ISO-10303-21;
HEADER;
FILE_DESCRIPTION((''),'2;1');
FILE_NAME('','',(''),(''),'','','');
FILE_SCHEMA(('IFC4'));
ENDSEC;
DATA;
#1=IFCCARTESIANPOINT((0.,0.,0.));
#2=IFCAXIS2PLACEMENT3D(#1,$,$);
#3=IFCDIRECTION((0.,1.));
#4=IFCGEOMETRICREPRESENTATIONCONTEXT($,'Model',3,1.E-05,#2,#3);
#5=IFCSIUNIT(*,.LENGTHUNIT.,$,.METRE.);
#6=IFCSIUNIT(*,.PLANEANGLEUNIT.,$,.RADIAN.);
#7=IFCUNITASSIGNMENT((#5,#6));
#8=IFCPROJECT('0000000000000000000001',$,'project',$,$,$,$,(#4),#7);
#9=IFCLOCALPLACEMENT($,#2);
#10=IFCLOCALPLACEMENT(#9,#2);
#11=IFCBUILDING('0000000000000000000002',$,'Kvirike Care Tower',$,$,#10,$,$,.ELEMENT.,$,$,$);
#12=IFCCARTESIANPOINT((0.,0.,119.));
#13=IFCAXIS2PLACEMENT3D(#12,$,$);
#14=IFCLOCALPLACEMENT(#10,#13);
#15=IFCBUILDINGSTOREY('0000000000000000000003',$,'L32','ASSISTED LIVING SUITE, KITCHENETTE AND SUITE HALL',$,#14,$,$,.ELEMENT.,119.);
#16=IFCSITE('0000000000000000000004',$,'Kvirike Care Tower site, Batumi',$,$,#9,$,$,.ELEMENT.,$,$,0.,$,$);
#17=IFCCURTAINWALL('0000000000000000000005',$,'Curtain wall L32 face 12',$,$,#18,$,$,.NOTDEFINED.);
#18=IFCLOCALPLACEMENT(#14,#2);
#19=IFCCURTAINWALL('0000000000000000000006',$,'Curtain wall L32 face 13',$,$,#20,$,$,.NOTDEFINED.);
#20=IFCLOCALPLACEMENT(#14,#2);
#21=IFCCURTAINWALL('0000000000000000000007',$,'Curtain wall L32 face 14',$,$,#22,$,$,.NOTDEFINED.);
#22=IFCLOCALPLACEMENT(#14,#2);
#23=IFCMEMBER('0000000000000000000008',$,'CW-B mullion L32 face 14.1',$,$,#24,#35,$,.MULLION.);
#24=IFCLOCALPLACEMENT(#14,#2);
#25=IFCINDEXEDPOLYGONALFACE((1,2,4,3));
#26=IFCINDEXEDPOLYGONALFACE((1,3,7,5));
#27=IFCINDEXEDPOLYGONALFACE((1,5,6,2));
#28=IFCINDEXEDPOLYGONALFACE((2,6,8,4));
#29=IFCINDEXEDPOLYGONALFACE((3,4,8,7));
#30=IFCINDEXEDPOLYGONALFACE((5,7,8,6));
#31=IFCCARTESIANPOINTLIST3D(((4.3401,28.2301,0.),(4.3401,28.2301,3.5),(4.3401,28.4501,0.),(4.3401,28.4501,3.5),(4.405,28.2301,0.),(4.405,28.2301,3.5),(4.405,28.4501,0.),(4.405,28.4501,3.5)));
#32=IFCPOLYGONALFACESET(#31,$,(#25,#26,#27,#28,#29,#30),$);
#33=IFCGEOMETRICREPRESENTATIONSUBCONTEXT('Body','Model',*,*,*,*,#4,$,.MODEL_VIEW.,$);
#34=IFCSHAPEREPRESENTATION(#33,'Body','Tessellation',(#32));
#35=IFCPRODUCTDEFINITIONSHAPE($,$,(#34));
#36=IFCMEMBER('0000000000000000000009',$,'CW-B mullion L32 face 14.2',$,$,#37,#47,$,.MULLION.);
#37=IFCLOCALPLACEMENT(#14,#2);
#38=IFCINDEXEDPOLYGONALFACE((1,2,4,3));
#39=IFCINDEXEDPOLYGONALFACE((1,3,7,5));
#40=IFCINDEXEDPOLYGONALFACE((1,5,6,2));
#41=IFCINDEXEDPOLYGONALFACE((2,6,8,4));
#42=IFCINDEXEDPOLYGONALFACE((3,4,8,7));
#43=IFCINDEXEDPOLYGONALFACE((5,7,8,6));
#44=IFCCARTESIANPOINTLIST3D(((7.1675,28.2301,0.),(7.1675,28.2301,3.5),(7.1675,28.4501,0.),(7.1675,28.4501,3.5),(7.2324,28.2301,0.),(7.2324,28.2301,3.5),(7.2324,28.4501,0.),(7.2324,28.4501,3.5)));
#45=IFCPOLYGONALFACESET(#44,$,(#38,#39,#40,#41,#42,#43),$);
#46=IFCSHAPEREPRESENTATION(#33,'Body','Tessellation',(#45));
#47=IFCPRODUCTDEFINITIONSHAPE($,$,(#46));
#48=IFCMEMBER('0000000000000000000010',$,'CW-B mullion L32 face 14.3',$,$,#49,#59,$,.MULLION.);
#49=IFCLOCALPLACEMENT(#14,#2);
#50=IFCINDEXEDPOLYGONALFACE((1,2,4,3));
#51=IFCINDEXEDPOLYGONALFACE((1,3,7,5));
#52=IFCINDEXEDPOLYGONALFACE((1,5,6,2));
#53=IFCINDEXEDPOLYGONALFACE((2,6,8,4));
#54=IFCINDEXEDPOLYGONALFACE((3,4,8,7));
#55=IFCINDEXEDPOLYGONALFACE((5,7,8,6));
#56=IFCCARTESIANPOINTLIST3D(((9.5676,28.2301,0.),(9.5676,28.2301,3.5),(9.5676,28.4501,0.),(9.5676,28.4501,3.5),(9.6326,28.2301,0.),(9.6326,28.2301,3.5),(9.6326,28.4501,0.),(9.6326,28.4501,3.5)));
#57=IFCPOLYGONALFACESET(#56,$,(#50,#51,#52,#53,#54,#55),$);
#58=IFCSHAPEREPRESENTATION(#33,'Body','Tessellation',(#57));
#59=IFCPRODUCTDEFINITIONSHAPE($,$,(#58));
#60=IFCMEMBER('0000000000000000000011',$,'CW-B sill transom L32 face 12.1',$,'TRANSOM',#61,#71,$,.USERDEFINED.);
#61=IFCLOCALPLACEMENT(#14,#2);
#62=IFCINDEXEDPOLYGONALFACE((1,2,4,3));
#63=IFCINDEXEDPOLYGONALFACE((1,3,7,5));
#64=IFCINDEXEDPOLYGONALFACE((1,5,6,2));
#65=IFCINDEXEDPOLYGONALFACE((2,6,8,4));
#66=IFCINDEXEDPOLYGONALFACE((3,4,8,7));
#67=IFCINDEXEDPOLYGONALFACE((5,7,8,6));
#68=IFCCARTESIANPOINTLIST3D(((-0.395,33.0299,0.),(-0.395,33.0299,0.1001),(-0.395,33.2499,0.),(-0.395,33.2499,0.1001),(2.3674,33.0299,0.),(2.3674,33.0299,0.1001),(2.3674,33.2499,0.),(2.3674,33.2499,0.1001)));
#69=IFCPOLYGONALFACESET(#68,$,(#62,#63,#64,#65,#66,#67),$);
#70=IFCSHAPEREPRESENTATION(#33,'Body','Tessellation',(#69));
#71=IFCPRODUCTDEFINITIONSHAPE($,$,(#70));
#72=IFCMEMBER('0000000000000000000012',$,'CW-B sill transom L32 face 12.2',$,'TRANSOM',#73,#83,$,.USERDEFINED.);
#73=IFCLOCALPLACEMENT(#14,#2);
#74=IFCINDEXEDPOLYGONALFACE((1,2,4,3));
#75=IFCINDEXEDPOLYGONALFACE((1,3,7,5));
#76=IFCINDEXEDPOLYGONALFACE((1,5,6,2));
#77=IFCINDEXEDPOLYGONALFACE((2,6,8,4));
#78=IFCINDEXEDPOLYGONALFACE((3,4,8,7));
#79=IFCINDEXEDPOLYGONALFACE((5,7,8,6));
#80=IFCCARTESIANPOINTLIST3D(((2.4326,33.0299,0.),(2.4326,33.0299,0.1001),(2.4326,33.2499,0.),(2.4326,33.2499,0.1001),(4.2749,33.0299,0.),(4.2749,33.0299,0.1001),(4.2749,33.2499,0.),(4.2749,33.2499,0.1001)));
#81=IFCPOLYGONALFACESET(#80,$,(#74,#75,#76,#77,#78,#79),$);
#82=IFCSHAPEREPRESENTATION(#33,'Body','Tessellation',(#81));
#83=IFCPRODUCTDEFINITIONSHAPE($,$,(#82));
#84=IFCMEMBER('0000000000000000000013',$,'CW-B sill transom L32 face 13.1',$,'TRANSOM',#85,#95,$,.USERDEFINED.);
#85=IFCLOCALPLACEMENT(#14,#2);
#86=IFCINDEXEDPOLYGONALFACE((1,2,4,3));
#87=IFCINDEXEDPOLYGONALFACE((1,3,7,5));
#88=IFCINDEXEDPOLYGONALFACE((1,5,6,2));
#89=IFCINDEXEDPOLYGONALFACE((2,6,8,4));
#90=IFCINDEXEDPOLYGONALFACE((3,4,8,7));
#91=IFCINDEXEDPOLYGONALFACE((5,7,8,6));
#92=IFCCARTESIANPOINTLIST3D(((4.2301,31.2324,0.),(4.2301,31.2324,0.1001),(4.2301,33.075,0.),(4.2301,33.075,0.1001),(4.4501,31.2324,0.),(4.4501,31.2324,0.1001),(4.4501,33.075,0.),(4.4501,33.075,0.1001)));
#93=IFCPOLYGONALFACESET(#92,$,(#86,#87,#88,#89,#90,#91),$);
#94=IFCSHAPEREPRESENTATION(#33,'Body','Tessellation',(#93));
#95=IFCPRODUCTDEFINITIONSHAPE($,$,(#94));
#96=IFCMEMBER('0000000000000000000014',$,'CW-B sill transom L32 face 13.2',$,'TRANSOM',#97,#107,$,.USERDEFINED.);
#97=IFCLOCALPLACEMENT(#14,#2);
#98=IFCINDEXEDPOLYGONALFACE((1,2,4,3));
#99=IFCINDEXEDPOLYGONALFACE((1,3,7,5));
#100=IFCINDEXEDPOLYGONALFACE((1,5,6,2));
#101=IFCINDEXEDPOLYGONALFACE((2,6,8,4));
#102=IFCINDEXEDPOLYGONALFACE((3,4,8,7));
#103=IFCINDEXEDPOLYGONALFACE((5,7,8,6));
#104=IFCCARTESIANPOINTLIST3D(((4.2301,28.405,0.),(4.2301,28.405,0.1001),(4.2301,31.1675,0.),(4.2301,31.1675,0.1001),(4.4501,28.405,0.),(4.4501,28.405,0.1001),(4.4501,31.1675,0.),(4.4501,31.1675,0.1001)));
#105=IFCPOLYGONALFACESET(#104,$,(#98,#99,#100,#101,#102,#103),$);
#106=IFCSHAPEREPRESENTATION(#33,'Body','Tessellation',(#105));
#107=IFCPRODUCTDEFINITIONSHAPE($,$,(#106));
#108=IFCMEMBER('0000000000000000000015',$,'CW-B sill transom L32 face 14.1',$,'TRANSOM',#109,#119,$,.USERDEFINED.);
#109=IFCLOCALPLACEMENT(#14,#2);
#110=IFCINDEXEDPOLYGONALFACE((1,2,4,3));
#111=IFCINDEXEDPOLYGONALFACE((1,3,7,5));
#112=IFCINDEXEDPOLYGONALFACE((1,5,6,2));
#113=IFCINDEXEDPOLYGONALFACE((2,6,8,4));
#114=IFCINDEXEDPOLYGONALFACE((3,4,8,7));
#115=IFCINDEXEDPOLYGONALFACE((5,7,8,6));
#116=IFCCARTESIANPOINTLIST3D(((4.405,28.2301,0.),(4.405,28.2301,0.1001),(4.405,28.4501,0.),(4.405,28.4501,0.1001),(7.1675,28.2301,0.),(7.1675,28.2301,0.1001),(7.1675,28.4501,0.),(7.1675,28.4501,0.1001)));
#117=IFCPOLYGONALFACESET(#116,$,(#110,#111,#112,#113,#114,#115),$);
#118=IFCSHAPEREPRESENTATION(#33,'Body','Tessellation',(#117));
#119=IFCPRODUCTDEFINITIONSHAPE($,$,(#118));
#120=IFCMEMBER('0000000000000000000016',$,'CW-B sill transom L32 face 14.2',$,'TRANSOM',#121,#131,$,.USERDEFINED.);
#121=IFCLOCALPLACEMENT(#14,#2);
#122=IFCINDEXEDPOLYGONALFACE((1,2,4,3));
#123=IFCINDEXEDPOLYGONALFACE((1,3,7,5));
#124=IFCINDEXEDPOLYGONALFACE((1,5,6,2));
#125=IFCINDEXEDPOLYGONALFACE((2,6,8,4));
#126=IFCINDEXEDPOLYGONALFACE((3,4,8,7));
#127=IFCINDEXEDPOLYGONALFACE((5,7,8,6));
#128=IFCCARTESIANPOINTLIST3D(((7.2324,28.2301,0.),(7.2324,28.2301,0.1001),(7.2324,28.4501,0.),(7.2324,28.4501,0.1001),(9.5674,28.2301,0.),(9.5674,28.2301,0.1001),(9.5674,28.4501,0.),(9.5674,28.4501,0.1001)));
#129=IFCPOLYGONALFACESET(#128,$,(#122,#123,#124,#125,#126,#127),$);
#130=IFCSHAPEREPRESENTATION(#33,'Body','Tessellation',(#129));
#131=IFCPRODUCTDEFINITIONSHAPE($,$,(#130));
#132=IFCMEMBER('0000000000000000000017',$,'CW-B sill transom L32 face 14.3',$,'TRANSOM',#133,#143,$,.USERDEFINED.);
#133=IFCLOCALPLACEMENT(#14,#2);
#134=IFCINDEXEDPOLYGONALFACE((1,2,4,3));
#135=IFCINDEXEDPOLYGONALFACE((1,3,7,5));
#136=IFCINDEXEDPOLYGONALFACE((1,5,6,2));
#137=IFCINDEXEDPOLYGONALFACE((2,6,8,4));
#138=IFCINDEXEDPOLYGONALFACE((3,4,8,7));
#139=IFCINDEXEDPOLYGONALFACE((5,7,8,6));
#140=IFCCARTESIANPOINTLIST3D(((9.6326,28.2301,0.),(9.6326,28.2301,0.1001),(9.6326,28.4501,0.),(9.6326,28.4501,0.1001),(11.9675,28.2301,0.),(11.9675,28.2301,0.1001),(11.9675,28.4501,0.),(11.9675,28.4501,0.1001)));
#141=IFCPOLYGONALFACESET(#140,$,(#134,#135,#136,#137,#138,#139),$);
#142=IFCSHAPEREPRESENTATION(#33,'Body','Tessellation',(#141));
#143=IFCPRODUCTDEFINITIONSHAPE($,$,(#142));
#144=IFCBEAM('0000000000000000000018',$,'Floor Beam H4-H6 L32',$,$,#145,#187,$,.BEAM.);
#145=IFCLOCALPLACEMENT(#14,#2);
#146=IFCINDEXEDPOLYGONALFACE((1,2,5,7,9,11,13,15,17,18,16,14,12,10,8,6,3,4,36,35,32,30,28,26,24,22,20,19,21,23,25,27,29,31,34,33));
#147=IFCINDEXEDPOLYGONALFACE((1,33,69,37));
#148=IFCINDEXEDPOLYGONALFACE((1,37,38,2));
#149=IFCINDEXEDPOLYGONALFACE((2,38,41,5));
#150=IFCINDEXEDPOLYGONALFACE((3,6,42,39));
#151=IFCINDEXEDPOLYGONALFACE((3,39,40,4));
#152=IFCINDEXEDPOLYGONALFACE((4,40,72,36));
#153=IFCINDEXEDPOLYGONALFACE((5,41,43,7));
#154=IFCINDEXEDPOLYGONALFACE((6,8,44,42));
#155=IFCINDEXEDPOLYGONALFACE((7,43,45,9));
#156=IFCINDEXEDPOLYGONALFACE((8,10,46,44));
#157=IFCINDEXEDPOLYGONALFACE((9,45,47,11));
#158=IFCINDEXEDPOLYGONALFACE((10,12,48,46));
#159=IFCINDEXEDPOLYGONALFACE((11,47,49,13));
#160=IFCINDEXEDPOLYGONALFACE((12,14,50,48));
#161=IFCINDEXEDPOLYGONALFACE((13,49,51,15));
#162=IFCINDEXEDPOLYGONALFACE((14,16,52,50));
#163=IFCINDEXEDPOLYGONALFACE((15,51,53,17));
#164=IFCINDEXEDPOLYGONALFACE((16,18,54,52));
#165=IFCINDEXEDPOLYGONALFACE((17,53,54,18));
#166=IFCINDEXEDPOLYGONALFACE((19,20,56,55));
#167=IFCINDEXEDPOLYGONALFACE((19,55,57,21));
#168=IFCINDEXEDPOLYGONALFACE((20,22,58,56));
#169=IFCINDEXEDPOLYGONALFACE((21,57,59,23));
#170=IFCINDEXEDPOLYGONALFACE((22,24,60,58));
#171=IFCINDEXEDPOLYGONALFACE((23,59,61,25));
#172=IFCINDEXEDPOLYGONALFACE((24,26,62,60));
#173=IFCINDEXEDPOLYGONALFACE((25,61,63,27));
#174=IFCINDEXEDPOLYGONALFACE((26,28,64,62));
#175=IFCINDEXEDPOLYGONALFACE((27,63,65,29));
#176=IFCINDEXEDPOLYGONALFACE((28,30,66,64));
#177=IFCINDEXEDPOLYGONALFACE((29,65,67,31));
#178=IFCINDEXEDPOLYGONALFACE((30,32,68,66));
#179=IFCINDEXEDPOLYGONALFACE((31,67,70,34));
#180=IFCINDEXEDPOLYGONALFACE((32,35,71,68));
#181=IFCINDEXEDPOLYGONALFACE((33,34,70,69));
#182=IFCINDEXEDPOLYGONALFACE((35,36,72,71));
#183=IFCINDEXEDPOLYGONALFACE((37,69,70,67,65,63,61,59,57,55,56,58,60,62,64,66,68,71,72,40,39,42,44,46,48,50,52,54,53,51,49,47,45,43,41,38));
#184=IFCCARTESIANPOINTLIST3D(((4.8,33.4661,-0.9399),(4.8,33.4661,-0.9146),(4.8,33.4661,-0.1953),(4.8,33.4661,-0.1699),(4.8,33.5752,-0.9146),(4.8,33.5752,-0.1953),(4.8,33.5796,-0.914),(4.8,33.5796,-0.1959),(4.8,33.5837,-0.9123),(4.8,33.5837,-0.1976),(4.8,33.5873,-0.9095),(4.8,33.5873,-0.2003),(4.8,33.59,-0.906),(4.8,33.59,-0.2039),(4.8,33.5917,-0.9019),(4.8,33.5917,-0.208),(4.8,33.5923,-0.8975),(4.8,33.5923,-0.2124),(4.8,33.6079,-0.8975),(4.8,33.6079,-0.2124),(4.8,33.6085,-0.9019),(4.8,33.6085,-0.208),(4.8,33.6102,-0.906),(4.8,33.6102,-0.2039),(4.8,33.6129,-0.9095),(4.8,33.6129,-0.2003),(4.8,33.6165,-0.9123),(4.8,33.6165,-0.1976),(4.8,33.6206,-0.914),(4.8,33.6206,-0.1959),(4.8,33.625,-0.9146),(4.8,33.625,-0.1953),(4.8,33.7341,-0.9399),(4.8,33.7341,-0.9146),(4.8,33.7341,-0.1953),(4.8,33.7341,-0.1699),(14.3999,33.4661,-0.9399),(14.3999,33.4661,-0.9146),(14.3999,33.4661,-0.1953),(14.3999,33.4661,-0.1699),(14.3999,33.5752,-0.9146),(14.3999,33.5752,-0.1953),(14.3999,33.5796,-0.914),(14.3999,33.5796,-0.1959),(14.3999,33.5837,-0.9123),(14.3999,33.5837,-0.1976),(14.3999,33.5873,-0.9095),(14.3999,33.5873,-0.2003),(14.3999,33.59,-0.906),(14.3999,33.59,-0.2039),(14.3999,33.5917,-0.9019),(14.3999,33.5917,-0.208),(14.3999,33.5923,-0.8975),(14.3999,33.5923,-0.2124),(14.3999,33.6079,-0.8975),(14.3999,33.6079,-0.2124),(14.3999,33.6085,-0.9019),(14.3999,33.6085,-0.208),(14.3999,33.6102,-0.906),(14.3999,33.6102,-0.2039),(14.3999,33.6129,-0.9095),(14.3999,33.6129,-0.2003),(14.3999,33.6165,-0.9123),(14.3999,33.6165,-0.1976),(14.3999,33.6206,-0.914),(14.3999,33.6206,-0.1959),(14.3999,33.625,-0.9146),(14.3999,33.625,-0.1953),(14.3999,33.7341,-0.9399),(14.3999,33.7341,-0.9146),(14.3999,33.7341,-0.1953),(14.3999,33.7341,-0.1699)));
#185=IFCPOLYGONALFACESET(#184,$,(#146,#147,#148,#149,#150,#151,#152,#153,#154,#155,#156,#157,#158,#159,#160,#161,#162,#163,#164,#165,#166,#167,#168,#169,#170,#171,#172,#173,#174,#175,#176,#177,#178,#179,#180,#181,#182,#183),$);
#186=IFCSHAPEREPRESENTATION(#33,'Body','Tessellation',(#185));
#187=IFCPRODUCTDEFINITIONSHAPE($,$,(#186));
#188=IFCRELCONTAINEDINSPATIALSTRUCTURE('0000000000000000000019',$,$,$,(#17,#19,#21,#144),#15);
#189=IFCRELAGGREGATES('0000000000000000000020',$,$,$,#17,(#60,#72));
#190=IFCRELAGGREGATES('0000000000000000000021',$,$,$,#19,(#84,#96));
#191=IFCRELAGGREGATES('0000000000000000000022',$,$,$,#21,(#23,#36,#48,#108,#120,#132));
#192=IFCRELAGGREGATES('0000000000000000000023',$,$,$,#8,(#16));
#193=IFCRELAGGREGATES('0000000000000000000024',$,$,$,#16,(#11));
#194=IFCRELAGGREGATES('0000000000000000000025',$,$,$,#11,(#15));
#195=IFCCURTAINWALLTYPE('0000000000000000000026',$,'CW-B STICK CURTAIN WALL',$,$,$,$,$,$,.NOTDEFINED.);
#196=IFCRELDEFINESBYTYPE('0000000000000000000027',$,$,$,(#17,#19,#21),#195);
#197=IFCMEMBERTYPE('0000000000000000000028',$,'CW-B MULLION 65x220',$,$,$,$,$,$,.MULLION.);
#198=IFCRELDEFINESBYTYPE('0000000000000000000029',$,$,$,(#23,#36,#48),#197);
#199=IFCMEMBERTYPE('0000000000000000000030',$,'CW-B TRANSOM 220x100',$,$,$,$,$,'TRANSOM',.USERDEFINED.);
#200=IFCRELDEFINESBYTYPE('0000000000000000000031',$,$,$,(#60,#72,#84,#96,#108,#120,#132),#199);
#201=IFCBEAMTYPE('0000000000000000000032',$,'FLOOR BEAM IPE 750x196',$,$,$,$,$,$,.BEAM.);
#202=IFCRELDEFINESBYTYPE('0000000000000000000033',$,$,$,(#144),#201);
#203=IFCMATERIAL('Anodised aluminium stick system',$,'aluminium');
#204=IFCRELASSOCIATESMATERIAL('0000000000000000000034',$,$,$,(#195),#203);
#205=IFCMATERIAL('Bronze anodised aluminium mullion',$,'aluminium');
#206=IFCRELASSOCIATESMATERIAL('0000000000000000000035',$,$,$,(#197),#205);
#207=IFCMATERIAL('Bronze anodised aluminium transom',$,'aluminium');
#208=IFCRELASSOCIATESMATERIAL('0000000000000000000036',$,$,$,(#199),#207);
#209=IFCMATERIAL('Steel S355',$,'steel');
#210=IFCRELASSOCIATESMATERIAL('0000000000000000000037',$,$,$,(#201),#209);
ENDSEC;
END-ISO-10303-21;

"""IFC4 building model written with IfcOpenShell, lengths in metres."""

from ifc_helpers import new_model, si_unit, direction, frame, origin, origin_2d, place, context, subcontext, project, spatial, rectangle, i_section, extrude, material, material_profile, profile_set, type_object, element, aggregate, save


model = new_model("IFC4")

# Units and contexts
model_context = context("Model", 3, precision=1e-05, world=origin(), true_north=direction((0.0, 1.0)))
body_context = subcontext(model_context, "Body", "Model", "MODEL_VIEW")
ifc_project = project(units=[si_unit("LENGTHUNIT", "METRE"), si_unit("PLANEANGLEUNIT", "RADIAN")], contexts=[model_context])

# Site, building, storey
site_placement = place(None, origin())
site = spatial("IfcSite", under=ifc_project, at=site_placement, Name="Kvirike Care Tower site, Batumi", CompositionType="ELEMENT", RefElevation=0.0)
building_placement = place(site_placement, origin())
building = spatial("IfcBuilding", under=site, at=building_placement, Name="Kvirike Care Tower", CompositionType="ELEMENT")
storey_placement = place(building_placement, frame((0.0, 0.0, 119.0)))
storey = spatial("IfcBuildingStorey", under=building, at=storey_placement, Name="L32", Description="ASSISTED LIVING SUITE, KITCHENETTE AND SUITE HALL", CompositionType="ELEMENT", Elevation=119.0)

# Curtain walls
ifc_material_1 = material(Name="Anodised aluminium stick system", Category="aluminium")
curtain_wall_type = type_object("IfcCurtainWallType", Name="CW-B STICK CURTAIN WALL", PredefinedType="NOTDEFINED", material=ifc_material_1)
curtain_wall_1_placement = place(storey_placement, origin())
curtain_wall_1 = element("IfcCurtainWall", 1, at=curtain_wall_1_placement, inside=storey, type_object=curtain_wall_type, Name="Curtain wall L32 face 12", PredefinedType="NOTDEFINED")
curtain_wall_2_placement = place(storey_placement, origin())
curtain_wall_2 = element("IfcCurtainWall", 2, at=curtain_wall_2_placement, inside=storey, type_object=curtain_wall_type, Name="Curtain wall L32 face 13", PredefinedType="NOTDEFINED")
curtain_wall_3_placement = place(storey_placement, origin())
curtain_wall_3 = element("IfcCurtainWall", 3, at=curtain_wall_3_placement, inside=storey, type_object=curtain_wall_type, Name="Curtain wall L32 face 14", PredefinedType="NOTDEFINED")
ifc_material_2 = material(Name="Bronze anodised aluminium mullion", Category="aluminium")
ifc_material_profile_1 = material_profile(ifc_material_2, rectangle(XDim=0.0649, YDim=0.22, at=origin_2d()), Name="CW-B MULLION 65x220")
ifc_profile_set_1 = profile_set([ifc_material_profile_1], Name="Bronze anodised aluminium mullion")
member_type_1 = type_object("IfcMemberType", Name="CW-B MULLION 65x220", PredefinedType="MULLION", material=ifc_profile_set_1)

# Members
member_1_placement = place(storey_placement, frame((4.3726, 28.3401, 0.0), z_axis=(0.0, 0.0, 1.0), x_axis=(1.0, 0.0, 0.0)))
member_1 = element("IfcMember", 4, at=member_1_placement, type_object=member_type_1, Name="CW-B mullion L32 face 14.1", PredefinedType="MULLION", context=body_context, shape_type="SweptSolid", body=[
    extrude(rectangle(XDim=0.0649, YDim=0.22, at=origin_2d()), origin(), (0.0, 0.0, 1.0), 3.5),
])
member_2_placement = place(storey_placement, frame((7.2, 28.3401, 0.0), z_axis=(0.0, 0.0, 1.0), x_axis=(1.0, 0.0, 0.0)))
member_2 = element("IfcMember", 5, at=member_2_placement, type_object=member_type_1, Name="CW-B mullion L32 face 14.2", PredefinedType="MULLION", context=body_context, shape_type="SweptSolid", body=[
    extrude(rectangle(XDim=0.0649, YDim=0.22, at=origin_2d()), origin(), (0.0, 0.0, 1.0), 3.5),
])
member_3_placement = place(storey_placement, frame((9.6001, 28.3401, 0.0), z_axis=(0.0, 0.0, 1.0), x_axis=(1.0, 0.0, 0.0)))
member_3 = element("IfcMember", 6, at=member_3_placement, type_object=member_type_1, Name="CW-B mullion L32 face 14.3", PredefinedType="MULLION", context=body_context, shape_type="SweptSolid", body=[
    extrude(rectangle(XDim=0.0649, YDim=0.22, at=origin_2d()), origin(), (0.0, 0.0, 1.0), 3.5),
])
ifc_material_3 = material(Name="Bronze anodised aluminium transom", Category="aluminium")
ifc_material_profile_2 = material_profile(ifc_material_3, rectangle(XDim=0.22, YDim=0.1001, at=origin_2d()), Name="CW-B TRANSOM 220x100")
ifc_profile_set_2 = profile_set([ifc_material_profile_2], Name="Bronze anodised aluminium transom")
member_type_2 = type_object("IfcMemberType", Name="CW-B TRANSOM 220x100", ElementType="TRANSOM", PredefinedType="USERDEFINED", material=ifc_profile_set_2)
member_4_placement = place(storey_placement, frame((-0.395, 33.1399, 0.05), z_axis=(1.0, 0.0, 0.0), x_axis=(0.0, 1.0, 0.0)))
member_4 = element("IfcMember", 7, at=member_4_placement, type_object=member_type_2, Name="CW-B sill transom L32 face 12.1", ObjectType="TRANSOM", PredefinedType="USERDEFINED", context=body_context, shape_type="SweptSolid", body=[
    extrude(rectangle(XDim=0.22, YDim=0.1001, at=origin_2d()), origin(), (0.0, 0.0, 1.0), 2.7625),
])
member_5_placement = place(storey_placement, frame((2.4326, 33.1399, 0.05), z_axis=(1.0, 0.0, 0.0), x_axis=(0.0, 1.0, 0.0)))
member_5 = element("IfcMember", 8, at=member_5_placement, type_object=member_type_2, Name="CW-B sill transom L32 face 12.2", ObjectType="TRANSOM", PredefinedType="USERDEFINED", context=body_context, shape_type="SweptSolid", body=[
    extrude(rectangle(XDim=0.22, YDim=0.1001, at=origin_2d()), origin(), (0.0, 0.0, 1.0), 1.8423),
])
member_6_placement = place(storey_placement, frame((4.3401, 33.075, 0.05), z_axis=(0.0, -1.0, 0.0), x_axis=(1.0, 0.0, 0.0)))
member_6 = element("IfcMember", 9, at=member_6_placement, type_object=member_type_2, Name="CW-B sill transom L32 face 13.1", ObjectType="TRANSOM", PredefinedType="USERDEFINED", context=body_context, shape_type="SweptSolid", body=[
    extrude(rectangle(XDim=0.22, YDim=0.1001, at=origin_2d()), origin(), (0.0, 0.0, 1.0), 1.8425),
])
member_7_placement = place(storey_placement, frame((4.3401, 31.1675, 0.05), z_axis=(0.0, -1.0, 0.0), x_axis=(1.0, 0.0, 0.0)))
member_7 = element("IfcMember", 10, at=member_7_placement, type_object=member_type_2, Name="CW-B sill transom L32 face 13.2", ObjectType="TRANSOM", PredefinedType="USERDEFINED", context=body_context, shape_type="SweptSolid", body=[
    extrude(rectangle(XDim=0.22, YDim=0.1001, at=origin_2d()), origin(), (0.0, 0.0, 1.0), 2.7625),
])
member_8_placement = place(storey_placement, frame((4.405, 28.3401, 0.05), z_axis=(1.0, 0.0, 0.0), x_axis=(0.0, 1.0, 0.0)))
member_8 = element("IfcMember", 11, at=member_8_placement, type_object=member_type_2, Name="CW-B sill transom L32 face 14.1", ObjectType="TRANSOM", PredefinedType="USERDEFINED", context=body_context, shape_type="SweptSolid", body=[
    extrude(rectangle(XDim=0.22, YDim=0.1001, at=origin_2d()), origin(), (0.0, 0.0, 1.0), 2.7625),
])
member_9_placement = place(storey_placement, frame((7.2324, 28.3401, 0.05), z_axis=(1.0, 0.0, 0.0), x_axis=(0.0, 1.0, 0.0)))
member_9 = element("IfcMember", 12, at=member_9_placement, type_object=member_type_2, Name="CW-B sill transom L32 face 14.2", ObjectType="TRANSOM", PredefinedType="USERDEFINED", context=body_context, shape_type="SweptSolid", body=[
    extrude(rectangle(XDim=0.22, YDim=0.1001, at=origin_2d()), origin(), (0.0, 0.0, 1.0), 2.335),
])
member_10_placement = place(storey_placement, frame((9.6326, 28.3401, 0.05), z_axis=(1.0, 0.0, 0.0), x_axis=(0.0, 1.0, 0.0)))
member_10 = element("IfcMember", 13, at=member_10_placement, type_object=member_type_2, Name="CW-B sill transom L32 face 14.3", ObjectType="TRANSOM", PredefinedType="USERDEFINED", context=body_context, shape_type="SweptSolid", body=[
    extrude(rectangle(XDim=0.22, YDim=0.1001, at=origin_2d()), origin(), (0.0, 0.0, 1.0), 2.335),
])

# Beam
ifc_material_4 = material(Name="Steel S355", Category="steel")
ifc_material_profile_3 = material_profile(ifc_material_4, i_section(OverallWidth=0.2681, OverallDepth=0.77, WebThickness=0.0156, FlangeThickness=0.0254, FilletRadius=0.0171, at=origin_2d()), Name="IPE 750x196")
ifc_profile_set_3 = profile_set([ifc_material_profile_3], Name="Steel S355")
beam_type_1 = type_object("IfcBeamType", Name="FLOOR BEAM IPE 750x196", PredefinedType="BEAM", material=ifc_profile_set_3)
beam_1_placement = place(storey_placement, frame((4.8, 33.6001, -0.5549), z_axis=(1.0, 0.0, 0.0), x_axis=(0.0, 1.0, 0.0)))
element("IfcBeam", 14, at=beam_1_placement, inside=storey, type_object=beam_type_1, Name="Floor Beam H4-H6 L32", PredefinedType="BEAM", context=body_context, shape_type="SweptSolid", body=[
    extrude(i_section(OverallWidth=0.2681, OverallDepth=0.77, WebThickness=0.0156, FlangeThickness=0.0254, FilletRadius=0.0171, at=origin_2d()), origin(), (0.0, 0.0, 1.0), 9.5999),
])

aggregate(curtain_wall_1, [member_4, member_5])
aggregate(curtain_wall_2, [member_6, member_7])
aggregate(curtain_wall_3, [member_1, member_2, member_3, member_8, member_9, member_10])

save(model, "model.ifc")
